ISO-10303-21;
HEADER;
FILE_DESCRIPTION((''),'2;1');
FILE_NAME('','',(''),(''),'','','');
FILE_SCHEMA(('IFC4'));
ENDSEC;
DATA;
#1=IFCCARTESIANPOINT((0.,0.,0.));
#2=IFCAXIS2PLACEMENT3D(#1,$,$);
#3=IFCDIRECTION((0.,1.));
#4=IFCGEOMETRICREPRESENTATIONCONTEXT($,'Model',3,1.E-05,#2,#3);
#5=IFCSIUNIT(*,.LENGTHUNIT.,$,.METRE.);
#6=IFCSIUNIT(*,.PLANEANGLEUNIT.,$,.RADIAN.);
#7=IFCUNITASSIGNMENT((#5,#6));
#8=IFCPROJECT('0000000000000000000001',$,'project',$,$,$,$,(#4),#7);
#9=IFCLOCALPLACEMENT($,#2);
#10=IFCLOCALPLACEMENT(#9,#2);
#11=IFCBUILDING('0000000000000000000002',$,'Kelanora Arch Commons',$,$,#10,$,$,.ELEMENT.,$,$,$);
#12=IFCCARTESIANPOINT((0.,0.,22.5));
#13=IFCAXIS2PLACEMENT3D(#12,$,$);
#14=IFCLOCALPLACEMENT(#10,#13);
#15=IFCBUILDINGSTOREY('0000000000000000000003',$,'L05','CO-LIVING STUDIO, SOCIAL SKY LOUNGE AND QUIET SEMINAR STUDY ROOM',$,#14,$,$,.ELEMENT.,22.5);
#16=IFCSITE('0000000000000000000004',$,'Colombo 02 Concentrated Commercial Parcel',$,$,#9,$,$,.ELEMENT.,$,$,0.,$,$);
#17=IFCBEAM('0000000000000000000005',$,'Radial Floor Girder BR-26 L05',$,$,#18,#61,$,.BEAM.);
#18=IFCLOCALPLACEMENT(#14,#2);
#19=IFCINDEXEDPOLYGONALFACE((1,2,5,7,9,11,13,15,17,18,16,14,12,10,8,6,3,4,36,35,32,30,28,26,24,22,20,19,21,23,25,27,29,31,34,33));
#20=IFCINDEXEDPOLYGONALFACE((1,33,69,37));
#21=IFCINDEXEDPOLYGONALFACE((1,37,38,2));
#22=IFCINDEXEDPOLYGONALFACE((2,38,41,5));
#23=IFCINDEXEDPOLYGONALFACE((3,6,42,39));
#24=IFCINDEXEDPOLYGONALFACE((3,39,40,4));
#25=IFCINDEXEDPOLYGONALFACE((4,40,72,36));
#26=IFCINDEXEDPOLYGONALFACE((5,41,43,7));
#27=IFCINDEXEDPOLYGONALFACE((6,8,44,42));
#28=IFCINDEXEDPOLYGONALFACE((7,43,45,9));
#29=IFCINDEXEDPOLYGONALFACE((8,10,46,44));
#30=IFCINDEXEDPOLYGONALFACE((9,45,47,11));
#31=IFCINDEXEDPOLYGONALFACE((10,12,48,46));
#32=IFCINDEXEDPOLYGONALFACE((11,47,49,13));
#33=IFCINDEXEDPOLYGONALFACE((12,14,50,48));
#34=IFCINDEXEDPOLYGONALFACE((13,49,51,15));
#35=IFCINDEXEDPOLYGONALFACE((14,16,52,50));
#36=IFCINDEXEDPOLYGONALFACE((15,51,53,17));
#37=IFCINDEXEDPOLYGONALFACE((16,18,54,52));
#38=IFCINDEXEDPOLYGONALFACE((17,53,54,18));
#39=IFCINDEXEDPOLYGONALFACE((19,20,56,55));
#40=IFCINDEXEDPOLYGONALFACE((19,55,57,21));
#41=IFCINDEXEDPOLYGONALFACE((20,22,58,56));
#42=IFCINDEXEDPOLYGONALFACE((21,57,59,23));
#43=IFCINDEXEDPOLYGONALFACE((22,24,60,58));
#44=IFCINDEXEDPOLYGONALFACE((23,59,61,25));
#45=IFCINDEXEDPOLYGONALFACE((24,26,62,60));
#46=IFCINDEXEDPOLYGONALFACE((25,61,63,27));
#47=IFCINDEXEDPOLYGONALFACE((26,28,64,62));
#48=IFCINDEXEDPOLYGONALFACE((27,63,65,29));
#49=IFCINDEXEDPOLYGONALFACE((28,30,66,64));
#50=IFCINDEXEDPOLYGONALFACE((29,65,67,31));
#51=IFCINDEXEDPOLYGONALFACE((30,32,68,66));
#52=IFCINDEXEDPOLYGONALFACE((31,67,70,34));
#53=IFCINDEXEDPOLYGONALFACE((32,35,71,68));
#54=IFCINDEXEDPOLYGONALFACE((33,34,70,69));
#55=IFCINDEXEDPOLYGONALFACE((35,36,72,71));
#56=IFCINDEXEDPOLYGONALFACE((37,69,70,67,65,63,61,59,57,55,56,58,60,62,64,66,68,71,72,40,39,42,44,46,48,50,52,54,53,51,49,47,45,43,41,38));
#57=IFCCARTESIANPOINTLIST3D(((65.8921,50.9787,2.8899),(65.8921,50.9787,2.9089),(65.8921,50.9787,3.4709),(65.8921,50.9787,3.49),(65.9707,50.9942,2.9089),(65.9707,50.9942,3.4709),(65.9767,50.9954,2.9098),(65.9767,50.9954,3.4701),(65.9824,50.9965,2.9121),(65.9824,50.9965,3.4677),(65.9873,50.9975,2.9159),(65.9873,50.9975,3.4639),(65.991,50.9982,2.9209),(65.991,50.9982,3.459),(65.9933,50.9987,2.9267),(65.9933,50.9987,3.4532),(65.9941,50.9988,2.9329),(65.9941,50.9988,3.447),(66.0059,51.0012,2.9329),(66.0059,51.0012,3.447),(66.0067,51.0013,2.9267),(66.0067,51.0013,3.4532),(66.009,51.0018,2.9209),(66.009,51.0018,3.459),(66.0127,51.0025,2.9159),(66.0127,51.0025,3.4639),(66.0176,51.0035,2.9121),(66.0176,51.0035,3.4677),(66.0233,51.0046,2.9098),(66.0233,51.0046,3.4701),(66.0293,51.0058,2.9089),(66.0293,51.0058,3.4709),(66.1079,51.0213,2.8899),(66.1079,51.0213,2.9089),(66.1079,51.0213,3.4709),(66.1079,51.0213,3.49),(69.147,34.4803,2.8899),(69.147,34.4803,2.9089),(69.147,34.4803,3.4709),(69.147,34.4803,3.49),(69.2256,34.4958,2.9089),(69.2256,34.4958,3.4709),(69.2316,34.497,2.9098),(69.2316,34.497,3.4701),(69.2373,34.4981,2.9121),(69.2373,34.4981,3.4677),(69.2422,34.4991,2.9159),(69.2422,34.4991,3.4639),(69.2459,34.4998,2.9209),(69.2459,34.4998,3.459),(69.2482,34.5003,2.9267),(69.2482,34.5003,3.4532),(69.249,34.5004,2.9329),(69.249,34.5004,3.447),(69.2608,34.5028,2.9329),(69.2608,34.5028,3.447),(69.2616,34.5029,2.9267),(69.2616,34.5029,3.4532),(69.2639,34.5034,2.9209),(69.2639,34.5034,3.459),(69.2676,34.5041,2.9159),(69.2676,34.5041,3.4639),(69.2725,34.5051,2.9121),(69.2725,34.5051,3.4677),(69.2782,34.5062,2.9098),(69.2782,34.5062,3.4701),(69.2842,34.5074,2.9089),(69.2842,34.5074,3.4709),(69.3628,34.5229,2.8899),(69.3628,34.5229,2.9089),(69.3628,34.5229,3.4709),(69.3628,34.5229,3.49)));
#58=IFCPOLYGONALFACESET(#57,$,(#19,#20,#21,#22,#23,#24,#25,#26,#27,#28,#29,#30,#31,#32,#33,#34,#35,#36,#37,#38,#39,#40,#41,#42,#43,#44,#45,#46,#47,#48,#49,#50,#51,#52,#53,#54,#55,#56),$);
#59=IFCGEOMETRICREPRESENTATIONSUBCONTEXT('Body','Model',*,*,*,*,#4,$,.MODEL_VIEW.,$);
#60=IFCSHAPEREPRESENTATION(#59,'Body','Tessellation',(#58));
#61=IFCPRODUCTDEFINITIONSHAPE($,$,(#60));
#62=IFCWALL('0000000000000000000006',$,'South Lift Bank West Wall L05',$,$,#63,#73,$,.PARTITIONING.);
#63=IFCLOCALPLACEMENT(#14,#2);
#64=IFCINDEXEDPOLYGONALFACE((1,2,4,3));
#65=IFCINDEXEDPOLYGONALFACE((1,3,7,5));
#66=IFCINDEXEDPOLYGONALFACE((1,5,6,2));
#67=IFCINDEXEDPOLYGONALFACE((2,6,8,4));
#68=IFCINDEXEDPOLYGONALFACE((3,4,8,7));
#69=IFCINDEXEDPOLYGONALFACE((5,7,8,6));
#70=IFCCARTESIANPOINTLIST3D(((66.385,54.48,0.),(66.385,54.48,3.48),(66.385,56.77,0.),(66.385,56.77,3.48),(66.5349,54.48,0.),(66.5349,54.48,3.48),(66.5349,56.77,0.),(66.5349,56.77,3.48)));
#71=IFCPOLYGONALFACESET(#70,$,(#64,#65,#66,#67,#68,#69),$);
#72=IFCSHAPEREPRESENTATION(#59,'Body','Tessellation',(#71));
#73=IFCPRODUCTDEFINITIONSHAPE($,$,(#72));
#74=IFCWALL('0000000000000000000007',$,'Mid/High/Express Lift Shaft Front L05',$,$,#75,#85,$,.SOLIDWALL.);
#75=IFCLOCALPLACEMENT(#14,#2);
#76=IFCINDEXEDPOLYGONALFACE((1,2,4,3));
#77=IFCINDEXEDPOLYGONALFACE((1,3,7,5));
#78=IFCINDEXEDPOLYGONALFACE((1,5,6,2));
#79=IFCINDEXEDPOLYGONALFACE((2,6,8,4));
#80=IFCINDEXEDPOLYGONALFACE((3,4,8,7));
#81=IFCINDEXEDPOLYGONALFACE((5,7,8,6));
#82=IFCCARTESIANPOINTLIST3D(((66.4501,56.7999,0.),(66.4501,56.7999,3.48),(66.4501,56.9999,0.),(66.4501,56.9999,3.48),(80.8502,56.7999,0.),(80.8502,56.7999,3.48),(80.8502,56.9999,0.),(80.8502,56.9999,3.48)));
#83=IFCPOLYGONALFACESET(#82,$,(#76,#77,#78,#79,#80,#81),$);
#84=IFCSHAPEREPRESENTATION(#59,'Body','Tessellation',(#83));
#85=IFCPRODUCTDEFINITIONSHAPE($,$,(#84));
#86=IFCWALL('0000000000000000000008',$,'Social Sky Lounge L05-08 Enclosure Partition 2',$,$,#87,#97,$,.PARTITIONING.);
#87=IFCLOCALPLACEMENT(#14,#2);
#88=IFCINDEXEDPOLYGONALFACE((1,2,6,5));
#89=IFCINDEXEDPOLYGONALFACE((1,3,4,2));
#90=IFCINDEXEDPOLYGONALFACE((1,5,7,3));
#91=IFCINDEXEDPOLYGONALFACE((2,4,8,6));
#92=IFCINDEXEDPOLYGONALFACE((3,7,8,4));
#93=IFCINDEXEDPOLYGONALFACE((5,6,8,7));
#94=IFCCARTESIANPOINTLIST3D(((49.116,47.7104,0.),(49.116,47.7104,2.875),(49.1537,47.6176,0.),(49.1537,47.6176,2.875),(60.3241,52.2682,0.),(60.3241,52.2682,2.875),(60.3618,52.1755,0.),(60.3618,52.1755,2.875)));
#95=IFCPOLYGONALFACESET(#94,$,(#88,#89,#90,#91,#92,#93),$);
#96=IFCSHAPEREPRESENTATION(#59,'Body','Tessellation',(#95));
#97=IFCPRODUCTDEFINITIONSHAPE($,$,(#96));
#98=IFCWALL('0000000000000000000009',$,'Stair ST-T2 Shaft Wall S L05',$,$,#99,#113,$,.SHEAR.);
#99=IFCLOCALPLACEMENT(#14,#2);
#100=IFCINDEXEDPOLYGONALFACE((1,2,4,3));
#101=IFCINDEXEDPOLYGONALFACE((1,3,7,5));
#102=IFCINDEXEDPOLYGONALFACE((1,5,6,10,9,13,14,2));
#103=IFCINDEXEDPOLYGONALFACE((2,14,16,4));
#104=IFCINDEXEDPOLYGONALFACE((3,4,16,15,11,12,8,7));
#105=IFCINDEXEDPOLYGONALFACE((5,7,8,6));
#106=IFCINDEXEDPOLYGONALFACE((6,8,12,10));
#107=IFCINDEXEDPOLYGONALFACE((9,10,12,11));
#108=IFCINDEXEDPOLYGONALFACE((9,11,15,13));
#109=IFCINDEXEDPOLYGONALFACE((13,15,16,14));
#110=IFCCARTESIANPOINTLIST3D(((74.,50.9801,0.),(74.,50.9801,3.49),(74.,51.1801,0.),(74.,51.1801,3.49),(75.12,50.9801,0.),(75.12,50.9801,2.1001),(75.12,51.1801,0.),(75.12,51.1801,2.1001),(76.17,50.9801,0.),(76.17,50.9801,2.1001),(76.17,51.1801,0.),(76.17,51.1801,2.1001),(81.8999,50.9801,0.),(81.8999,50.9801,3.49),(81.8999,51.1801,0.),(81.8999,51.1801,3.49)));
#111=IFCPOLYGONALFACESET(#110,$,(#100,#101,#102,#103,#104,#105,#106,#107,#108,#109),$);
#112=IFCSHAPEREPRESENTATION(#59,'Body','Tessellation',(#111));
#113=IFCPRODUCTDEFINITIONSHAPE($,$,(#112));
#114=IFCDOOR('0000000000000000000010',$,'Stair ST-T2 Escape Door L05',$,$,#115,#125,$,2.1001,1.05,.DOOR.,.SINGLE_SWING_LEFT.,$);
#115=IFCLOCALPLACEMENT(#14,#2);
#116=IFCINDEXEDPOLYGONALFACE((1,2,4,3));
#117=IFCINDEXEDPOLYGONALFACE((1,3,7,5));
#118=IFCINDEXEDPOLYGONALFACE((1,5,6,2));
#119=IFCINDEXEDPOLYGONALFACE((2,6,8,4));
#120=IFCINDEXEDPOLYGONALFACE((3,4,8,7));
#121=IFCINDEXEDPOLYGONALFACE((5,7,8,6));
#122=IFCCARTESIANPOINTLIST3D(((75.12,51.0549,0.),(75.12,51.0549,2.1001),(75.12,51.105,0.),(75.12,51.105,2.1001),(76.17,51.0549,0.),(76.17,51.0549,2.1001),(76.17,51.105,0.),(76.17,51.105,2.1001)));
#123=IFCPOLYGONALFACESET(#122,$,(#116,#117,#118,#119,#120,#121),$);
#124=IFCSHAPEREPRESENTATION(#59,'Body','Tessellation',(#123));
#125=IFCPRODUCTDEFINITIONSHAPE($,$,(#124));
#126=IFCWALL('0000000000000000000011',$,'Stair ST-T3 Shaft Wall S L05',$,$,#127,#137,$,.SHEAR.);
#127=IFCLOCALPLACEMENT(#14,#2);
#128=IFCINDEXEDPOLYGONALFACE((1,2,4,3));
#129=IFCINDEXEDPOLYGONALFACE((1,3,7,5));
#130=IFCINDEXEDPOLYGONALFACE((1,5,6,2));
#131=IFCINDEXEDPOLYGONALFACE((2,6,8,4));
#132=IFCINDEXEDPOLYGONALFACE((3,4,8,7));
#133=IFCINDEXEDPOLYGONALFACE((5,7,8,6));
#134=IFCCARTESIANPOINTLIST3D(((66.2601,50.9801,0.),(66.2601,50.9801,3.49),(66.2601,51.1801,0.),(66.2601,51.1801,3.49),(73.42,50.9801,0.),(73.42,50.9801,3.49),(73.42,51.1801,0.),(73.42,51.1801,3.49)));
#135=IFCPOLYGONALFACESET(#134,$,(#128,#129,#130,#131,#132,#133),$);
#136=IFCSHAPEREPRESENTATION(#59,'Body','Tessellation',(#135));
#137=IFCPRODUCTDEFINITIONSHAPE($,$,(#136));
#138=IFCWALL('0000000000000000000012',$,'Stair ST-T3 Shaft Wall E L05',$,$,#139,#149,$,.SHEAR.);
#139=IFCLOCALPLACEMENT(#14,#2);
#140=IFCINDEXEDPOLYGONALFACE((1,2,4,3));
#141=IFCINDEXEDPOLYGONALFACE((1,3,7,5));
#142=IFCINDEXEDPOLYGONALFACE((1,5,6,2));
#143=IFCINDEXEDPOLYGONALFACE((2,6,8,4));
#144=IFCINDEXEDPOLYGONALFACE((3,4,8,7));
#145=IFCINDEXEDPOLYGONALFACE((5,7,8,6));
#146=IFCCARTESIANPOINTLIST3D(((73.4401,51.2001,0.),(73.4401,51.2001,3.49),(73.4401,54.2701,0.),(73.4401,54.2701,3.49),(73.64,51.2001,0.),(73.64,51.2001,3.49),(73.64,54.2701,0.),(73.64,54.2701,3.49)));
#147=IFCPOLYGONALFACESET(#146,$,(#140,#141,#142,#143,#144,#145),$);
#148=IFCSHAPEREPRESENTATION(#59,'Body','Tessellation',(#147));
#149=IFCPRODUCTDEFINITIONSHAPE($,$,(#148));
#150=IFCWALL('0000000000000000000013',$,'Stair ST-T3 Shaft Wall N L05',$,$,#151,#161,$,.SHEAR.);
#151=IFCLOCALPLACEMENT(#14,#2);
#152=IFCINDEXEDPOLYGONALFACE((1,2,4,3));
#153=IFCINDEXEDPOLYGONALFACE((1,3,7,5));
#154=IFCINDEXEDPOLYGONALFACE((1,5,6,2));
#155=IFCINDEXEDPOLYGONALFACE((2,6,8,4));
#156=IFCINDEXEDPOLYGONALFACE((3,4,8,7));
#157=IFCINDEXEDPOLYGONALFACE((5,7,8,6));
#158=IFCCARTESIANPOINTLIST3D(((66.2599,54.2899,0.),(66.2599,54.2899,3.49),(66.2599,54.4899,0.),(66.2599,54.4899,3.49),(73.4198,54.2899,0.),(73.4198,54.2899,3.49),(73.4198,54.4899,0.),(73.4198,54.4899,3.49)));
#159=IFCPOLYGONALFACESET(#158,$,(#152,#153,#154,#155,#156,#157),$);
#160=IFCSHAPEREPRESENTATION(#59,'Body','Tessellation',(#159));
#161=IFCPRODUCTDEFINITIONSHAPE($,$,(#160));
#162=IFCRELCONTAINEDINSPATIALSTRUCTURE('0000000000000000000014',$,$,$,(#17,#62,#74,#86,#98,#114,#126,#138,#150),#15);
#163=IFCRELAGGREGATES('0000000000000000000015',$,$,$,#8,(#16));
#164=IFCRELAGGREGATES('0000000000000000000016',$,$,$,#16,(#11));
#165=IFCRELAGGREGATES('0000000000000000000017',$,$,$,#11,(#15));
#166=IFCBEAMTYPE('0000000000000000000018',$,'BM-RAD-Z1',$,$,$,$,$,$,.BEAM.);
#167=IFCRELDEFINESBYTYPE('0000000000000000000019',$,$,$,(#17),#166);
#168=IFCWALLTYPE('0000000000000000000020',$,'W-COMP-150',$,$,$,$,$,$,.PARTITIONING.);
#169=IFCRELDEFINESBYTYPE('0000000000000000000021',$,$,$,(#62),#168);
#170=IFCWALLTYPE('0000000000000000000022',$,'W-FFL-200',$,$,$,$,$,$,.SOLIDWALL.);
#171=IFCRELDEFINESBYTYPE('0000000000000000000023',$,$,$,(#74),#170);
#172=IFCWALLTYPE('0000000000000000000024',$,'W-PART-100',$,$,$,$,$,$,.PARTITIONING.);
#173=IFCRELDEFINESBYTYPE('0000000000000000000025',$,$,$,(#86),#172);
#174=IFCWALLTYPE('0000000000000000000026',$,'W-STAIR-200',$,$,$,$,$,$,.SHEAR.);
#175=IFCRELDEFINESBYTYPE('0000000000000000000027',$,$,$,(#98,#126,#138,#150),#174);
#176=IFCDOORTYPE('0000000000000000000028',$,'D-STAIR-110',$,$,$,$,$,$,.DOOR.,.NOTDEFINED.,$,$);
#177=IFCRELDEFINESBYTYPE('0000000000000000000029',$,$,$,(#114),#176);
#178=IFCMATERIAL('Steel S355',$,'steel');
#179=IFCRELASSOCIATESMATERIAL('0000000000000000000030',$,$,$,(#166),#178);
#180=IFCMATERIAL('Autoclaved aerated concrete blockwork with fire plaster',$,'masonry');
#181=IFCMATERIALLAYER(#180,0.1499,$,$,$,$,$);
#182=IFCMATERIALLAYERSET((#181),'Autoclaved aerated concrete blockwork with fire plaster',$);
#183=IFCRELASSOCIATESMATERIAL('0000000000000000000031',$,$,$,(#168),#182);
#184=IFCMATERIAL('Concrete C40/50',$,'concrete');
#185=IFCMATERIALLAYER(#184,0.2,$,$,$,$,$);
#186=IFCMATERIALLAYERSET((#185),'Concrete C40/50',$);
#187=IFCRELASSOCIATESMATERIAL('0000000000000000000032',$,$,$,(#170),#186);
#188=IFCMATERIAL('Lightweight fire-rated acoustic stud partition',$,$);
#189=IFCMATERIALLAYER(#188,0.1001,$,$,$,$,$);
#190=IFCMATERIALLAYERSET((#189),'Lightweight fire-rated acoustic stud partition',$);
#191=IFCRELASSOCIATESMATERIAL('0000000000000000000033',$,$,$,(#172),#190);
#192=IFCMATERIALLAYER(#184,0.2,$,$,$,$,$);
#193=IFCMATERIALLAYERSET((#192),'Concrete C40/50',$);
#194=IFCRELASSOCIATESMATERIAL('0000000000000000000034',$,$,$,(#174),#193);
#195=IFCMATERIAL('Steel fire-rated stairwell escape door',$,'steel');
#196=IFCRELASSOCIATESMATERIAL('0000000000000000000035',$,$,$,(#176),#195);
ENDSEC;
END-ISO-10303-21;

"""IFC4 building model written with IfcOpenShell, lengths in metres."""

from ifc_helpers import new_model, si_unit, direction, frame, frame_2d, origin, origin_2d, place, context, subcontext, project, spatial, rectangle, i_section, extrude, material, layer, layer_set, material_profile, profile_set, type_object, element, fill, save


model = new_model("IFC4")

# Units and contexts
model_context = context("Model", 3, precision=1e-05, world=origin(), true_north=direction((0.0, 1.0)))
body_context = subcontext(model_context, "Body", "Model", "MODEL_VIEW")
ifc_project = project(units=[si_unit("LENGTHUNIT", "METRE"), si_unit("PLANEANGLEUNIT", "RADIAN")], contexts=[model_context])

# Site, building, storey
site_placement = place(None, origin())
site = spatial("IfcSite", under=ifc_project, at=site_placement, Name="Colombo 02 Concentrated Commercial Parcel", CompositionType="ELEMENT", RefElevation=0.0)
building_placement = place(site_placement, origin())
building = spatial("IfcBuilding", under=site, at=building_placement, Name="Kelanora Arch Commons", CompositionType="ELEMENT")
storey_placement = place(building_placement, frame((0.0, 0.0, 22.5)))
storey = spatial("IfcBuildingStorey", under=building, at=storey_placement, Name="L05", Description="CO-LIVING STUDIO, SOCIAL SKY LOUNGE AND QUIET SEMINAR STUDY ROOM", CompositionType="ELEMENT", Elevation=22.5)

# Beam
ifc_material_1 = material(Name="Steel S355", Category="steel")
ifc_material_profile_1 = material_profile(ifc_material_1, i_section(OverallWidth=0.22, OverallDepth=0.6001, WebThickness=0.012, FlangeThickness=0.019, FilletRadius=0.0239, at=origin_2d()), Name="IPE600")
ifc_profile_set_1 = profile_set([ifc_material_profile_1], Name="Steel S355")
beam_type_1 = type_object("IfcBeamType", Name="BM-RAD-Z1", PredefinedType="BEAM", material=ifc_profile_set_1)
beam_1_placement = place(storey_placement, frame((66.0, 51.0, 3.1899), z_axis=(0.193555, -0.981089, 0.0), x_axis=(0.981089, 0.193555, 0.0)))
element("IfcBeam", 1, at=beam_1_placement, inside=storey, type_object=beam_type_1, Name="Radial Floor Girder BR-26 L05", PredefinedType="BEAM", context=body_context, shape_type="SweptSolid", body=[
    extrude(i_section(OverallWidth=0.22, OverallDepth=0.6001, WebThickness=0.012, FlangeThickness=0.019, FilletRadius=0.0239, at=origin_2d()), origin(), (0.0, 0.0, 1.0), 16.8164),
])

# Walls
ifc_material_2 = material(Name="Autoclaved aerated concrete blockwork with fire plaster", Category="masonry")
ifc_layer_1 = layer(ifc_material_2, 0.1499)
ifc_layer_set_1 = layer_set([ifc_layer_1], Name="Autoclaved aerated concrete blockwork with fire plaster")
wall_type_1 = type_object("IfcWallType", Name="W-COMP-150", PredefinedType="PARTITIONING", material=ifc_layer_set_1)
wall_1_placement = place(storey_placement, frame((66.46, 54.48, 0.0), z_axis=(0.0, 0.0, 1.0), x_axis=(0.0, 1.0, 0.0)))
element("IfcWall", 2, at=wall_1_placement, inside=storey, type_object=wall_type_1, Name="South Lift Bank West Wall L05", PredefinedType="PARTITIONING", context=body_context, shape_type="SweptSolid", body=[
    extrude(rectangle(XDim=2.29, YDim=0.1499, at=frame_2d((1.145, 0.0))), origin(), (0.0, 0.0, 1.0), 3.48),
])
ifc_material_3 = material(Name="Concrete C40/50", Category="concrete")
ifc_layer_2 = layer(ifc_material_3, 0.2)
ifc_layer_set_2 = layer_set([ifc_layer_2], Name="Concrete C40/50")
wall_type_2 = type_object("IfcWallType", Name="W-FFL-200", PredefinedType="SOLIDWALL", material=ifc_layer_set_2)
wall_2_placement = place(storey_placement, frame((66.45, 56.8999, 0.0), z_axis=(0.0, 0.0, 1.0), x_axis=(1.0, 0.0, 0.0)))
element("IfcWall", 3, at=wall_2_placement, inside=storey, type_object=wall_type_2, Name="Mid/High/Express Lift Shaft Front L05", PredefinedType="SOLIDWALL", context=body_context, shape_type="SweptSolid", body=[
    extrude(rectangle(XDim=14.4001, YDim=0.2, at=frame_2d((7.2002, 0.0))), origin(), (0.0, 0.0, 1.0), 3.48),
])
ifc_material_4 = material(Name="Lightweight fire-rated acoustic stud partition")
ifc_layer_3 = layer(ifc_material_4, 0.1001)
ifc_layer_set_3 = layer_set([ifc_layer_3], Name="Lightweight fire-rated acoustic stud partition")
wall_type_3 = type_object("IfcWallType", Name="W-PART-100", PredefinedType="PARTITIONING", material=ifc_layer_set_3)
wall_3_placement = place(storey_placement, frame((60.343, 52.2219, 0.0), z_axis=(0.0, 0.0, 1.0), x_axis=(-0.926334, -0.376704, 0.0)))
element("IfcWall", 4, at=wall_3_placement, inside=storey, type_object=wall_type_3, Name="Social Sky Lounge L05-08 Enclosure Partition 2", PredefinedType="PARTITIONING", context=body_context, shape_type="SweptSolid", body=[
    extrude(rectangle(XDim=12.0994, YDim=0.1001, at=frame_2d((6.0498, 0.0))), origin(), (0.0, 0.0, 1.0), 2.875),
])

# Wall, opening, door
ifc_layer_4 = layer(ifc_material_3, 0.2)
ifc_layer_set_4 = layer_set([ifc_layer_4], Name="Concrete C40/50")
wall_type_4 = type_object("IfcWallType", Name="W-STAIR-200", PredefinedType="SHEAR", material=ifc_layer_set_4)
wall_4_placement = place(storey_placement, frame((74.0, 51.0801, 0.0), z_axis=(0.0, 0.0, 1.0), x_axis=(1.0, 0.0, 0.0)))
wall_4 = element("IfcWall", 5, at=wall_4_placement, inside=storey, type_object=wall_type_4, Name="Stair ST-T2 Shaft Wall S L05", PredefinedType="SHEAR", context=body_context, shape_type="SweptSolid", body=[
    extrude(rectangle(XDim=7.8999, YDim=0.2, at=frame_2d((3.95, 0.0))), origin(), (0.0, 0.0, 1.0), 3.49),
])
opening_1_placement = place(wall_4_placement, frame((1.1201, 0.0, 0.0)))
opening_1 = element("IfcOpeningElement", 6, at=opening_1_placement, cuts=wall_4, PredefinedType="OPENING", context=body_context, shape_type="SweptSolid", body=[
    extrude(rectangle(XDim=1.05, YDim=2.1001, at=frame_2d((0.5249, 1.05))), frame((0.0, 0.1099, 0.0), z_axis=(0.0, -1.0, 0.0), x_axis=(1.0, 0.0, 0.0)), (0.0, 0.0, 1.0), 0.22),
])
ifc_material_5 = material(Name="Steel fire-rated stairwell escape door", Category="steel")
door_type_1 = type_object("IfcDoorType", Name="D-STAIR-110", OperationType="NOTDEFINED", PredefinedType="DOOR", material=ifc_material_5)
door_1_placement = place(opening_1_placement, origin())
door_1 = element("IfcDoor", 7, at=door_1_placement, inside=storey, type_object=door_type_1, Name="Stair ST-T2 Escape Door L05", OperationType="SINGLE_SWING_LEFT", OverallHeight=2.1001, OverallWidth=1.05, PredefinedType="DOOR", context=body_context, shape_type="SweptSolid", body=[
    extrude(rectangle(XDim=1.05, YDim=2.1001, at=frame_2d((0.5249, 1.05))), frame((0.0, 0.0249, 0.0), z_axis=(0.0, -1.0, 0.0), x_axis=(1.0, 0.0, 0.0)), (0.0, 0.0, 1.0), 0.05),
])
fill(opening_1, door_1)

# Walls
wall_5_placement = place(storey_placement, frame((66.26, 51.0801, 0.0), z_axis=(0.0, 0.0, 1.0), x_axis=(1.0, 0.0, 0.0)))
element("IfcWall", 8, at=wall_5_placement, inside=storey, type_object=wall_type_4, Name="Stair ST-T3 Shaft Wall S L05", PredefinedType="SHEAR", context=body_context, shape_type="SweptSolid", body=[
    extrude(rectangle(XDim=7.1599, YDim=0.2, at=frame_2d((3.5801, 0.0))), origin(), (0.0, 0.0, 1.0), 3.49),
])
wall_6_placement = place(storey_placement, frame((73.54, 51.2, 0.0), z_axis=(0.0, 0.0, 1.0), x_axis=(0.0, 1.0, 0.0)))
element("IfcWall", 9, at=wall_6_placement, inside=storey, type_object=wall_type_4, Name="Stair ST-T3 Shaft Wall E L05", PredefinedType="SHEAR", context=body_context, shape_type="SweptSolid", body=[
    extrude(rectangle(XDim=3.0701, YDim=0.2, at=frame_2d((1.5352, 0.0))), origin(), (0.0, 0.0, 1.0), 3.49),
])
wall_7_placement = place(storey_placement, frame((73.4199, 54.3899, 0.0), z_axis=(0.0, 0.0, 1.0), x_axis=(-1.0, 0.0, 0.0)))
element("IfcWall", 10, at=wall_7_placement, inside=storey, type_object=wall_type_4, Name="Stair ST-T3 Shaft Wall N L05", PredefinedType="SHEAR", context=body_context, shape_type="SweptSolid", body=[
    extrude(rectangle(XDim=7.1599, YDim=0.2, at=frame_2d((3.5801, 0.0))), origin(), (0.0, 0.0, 1.0), 3.49),
])

save(model, "model.ifc")
